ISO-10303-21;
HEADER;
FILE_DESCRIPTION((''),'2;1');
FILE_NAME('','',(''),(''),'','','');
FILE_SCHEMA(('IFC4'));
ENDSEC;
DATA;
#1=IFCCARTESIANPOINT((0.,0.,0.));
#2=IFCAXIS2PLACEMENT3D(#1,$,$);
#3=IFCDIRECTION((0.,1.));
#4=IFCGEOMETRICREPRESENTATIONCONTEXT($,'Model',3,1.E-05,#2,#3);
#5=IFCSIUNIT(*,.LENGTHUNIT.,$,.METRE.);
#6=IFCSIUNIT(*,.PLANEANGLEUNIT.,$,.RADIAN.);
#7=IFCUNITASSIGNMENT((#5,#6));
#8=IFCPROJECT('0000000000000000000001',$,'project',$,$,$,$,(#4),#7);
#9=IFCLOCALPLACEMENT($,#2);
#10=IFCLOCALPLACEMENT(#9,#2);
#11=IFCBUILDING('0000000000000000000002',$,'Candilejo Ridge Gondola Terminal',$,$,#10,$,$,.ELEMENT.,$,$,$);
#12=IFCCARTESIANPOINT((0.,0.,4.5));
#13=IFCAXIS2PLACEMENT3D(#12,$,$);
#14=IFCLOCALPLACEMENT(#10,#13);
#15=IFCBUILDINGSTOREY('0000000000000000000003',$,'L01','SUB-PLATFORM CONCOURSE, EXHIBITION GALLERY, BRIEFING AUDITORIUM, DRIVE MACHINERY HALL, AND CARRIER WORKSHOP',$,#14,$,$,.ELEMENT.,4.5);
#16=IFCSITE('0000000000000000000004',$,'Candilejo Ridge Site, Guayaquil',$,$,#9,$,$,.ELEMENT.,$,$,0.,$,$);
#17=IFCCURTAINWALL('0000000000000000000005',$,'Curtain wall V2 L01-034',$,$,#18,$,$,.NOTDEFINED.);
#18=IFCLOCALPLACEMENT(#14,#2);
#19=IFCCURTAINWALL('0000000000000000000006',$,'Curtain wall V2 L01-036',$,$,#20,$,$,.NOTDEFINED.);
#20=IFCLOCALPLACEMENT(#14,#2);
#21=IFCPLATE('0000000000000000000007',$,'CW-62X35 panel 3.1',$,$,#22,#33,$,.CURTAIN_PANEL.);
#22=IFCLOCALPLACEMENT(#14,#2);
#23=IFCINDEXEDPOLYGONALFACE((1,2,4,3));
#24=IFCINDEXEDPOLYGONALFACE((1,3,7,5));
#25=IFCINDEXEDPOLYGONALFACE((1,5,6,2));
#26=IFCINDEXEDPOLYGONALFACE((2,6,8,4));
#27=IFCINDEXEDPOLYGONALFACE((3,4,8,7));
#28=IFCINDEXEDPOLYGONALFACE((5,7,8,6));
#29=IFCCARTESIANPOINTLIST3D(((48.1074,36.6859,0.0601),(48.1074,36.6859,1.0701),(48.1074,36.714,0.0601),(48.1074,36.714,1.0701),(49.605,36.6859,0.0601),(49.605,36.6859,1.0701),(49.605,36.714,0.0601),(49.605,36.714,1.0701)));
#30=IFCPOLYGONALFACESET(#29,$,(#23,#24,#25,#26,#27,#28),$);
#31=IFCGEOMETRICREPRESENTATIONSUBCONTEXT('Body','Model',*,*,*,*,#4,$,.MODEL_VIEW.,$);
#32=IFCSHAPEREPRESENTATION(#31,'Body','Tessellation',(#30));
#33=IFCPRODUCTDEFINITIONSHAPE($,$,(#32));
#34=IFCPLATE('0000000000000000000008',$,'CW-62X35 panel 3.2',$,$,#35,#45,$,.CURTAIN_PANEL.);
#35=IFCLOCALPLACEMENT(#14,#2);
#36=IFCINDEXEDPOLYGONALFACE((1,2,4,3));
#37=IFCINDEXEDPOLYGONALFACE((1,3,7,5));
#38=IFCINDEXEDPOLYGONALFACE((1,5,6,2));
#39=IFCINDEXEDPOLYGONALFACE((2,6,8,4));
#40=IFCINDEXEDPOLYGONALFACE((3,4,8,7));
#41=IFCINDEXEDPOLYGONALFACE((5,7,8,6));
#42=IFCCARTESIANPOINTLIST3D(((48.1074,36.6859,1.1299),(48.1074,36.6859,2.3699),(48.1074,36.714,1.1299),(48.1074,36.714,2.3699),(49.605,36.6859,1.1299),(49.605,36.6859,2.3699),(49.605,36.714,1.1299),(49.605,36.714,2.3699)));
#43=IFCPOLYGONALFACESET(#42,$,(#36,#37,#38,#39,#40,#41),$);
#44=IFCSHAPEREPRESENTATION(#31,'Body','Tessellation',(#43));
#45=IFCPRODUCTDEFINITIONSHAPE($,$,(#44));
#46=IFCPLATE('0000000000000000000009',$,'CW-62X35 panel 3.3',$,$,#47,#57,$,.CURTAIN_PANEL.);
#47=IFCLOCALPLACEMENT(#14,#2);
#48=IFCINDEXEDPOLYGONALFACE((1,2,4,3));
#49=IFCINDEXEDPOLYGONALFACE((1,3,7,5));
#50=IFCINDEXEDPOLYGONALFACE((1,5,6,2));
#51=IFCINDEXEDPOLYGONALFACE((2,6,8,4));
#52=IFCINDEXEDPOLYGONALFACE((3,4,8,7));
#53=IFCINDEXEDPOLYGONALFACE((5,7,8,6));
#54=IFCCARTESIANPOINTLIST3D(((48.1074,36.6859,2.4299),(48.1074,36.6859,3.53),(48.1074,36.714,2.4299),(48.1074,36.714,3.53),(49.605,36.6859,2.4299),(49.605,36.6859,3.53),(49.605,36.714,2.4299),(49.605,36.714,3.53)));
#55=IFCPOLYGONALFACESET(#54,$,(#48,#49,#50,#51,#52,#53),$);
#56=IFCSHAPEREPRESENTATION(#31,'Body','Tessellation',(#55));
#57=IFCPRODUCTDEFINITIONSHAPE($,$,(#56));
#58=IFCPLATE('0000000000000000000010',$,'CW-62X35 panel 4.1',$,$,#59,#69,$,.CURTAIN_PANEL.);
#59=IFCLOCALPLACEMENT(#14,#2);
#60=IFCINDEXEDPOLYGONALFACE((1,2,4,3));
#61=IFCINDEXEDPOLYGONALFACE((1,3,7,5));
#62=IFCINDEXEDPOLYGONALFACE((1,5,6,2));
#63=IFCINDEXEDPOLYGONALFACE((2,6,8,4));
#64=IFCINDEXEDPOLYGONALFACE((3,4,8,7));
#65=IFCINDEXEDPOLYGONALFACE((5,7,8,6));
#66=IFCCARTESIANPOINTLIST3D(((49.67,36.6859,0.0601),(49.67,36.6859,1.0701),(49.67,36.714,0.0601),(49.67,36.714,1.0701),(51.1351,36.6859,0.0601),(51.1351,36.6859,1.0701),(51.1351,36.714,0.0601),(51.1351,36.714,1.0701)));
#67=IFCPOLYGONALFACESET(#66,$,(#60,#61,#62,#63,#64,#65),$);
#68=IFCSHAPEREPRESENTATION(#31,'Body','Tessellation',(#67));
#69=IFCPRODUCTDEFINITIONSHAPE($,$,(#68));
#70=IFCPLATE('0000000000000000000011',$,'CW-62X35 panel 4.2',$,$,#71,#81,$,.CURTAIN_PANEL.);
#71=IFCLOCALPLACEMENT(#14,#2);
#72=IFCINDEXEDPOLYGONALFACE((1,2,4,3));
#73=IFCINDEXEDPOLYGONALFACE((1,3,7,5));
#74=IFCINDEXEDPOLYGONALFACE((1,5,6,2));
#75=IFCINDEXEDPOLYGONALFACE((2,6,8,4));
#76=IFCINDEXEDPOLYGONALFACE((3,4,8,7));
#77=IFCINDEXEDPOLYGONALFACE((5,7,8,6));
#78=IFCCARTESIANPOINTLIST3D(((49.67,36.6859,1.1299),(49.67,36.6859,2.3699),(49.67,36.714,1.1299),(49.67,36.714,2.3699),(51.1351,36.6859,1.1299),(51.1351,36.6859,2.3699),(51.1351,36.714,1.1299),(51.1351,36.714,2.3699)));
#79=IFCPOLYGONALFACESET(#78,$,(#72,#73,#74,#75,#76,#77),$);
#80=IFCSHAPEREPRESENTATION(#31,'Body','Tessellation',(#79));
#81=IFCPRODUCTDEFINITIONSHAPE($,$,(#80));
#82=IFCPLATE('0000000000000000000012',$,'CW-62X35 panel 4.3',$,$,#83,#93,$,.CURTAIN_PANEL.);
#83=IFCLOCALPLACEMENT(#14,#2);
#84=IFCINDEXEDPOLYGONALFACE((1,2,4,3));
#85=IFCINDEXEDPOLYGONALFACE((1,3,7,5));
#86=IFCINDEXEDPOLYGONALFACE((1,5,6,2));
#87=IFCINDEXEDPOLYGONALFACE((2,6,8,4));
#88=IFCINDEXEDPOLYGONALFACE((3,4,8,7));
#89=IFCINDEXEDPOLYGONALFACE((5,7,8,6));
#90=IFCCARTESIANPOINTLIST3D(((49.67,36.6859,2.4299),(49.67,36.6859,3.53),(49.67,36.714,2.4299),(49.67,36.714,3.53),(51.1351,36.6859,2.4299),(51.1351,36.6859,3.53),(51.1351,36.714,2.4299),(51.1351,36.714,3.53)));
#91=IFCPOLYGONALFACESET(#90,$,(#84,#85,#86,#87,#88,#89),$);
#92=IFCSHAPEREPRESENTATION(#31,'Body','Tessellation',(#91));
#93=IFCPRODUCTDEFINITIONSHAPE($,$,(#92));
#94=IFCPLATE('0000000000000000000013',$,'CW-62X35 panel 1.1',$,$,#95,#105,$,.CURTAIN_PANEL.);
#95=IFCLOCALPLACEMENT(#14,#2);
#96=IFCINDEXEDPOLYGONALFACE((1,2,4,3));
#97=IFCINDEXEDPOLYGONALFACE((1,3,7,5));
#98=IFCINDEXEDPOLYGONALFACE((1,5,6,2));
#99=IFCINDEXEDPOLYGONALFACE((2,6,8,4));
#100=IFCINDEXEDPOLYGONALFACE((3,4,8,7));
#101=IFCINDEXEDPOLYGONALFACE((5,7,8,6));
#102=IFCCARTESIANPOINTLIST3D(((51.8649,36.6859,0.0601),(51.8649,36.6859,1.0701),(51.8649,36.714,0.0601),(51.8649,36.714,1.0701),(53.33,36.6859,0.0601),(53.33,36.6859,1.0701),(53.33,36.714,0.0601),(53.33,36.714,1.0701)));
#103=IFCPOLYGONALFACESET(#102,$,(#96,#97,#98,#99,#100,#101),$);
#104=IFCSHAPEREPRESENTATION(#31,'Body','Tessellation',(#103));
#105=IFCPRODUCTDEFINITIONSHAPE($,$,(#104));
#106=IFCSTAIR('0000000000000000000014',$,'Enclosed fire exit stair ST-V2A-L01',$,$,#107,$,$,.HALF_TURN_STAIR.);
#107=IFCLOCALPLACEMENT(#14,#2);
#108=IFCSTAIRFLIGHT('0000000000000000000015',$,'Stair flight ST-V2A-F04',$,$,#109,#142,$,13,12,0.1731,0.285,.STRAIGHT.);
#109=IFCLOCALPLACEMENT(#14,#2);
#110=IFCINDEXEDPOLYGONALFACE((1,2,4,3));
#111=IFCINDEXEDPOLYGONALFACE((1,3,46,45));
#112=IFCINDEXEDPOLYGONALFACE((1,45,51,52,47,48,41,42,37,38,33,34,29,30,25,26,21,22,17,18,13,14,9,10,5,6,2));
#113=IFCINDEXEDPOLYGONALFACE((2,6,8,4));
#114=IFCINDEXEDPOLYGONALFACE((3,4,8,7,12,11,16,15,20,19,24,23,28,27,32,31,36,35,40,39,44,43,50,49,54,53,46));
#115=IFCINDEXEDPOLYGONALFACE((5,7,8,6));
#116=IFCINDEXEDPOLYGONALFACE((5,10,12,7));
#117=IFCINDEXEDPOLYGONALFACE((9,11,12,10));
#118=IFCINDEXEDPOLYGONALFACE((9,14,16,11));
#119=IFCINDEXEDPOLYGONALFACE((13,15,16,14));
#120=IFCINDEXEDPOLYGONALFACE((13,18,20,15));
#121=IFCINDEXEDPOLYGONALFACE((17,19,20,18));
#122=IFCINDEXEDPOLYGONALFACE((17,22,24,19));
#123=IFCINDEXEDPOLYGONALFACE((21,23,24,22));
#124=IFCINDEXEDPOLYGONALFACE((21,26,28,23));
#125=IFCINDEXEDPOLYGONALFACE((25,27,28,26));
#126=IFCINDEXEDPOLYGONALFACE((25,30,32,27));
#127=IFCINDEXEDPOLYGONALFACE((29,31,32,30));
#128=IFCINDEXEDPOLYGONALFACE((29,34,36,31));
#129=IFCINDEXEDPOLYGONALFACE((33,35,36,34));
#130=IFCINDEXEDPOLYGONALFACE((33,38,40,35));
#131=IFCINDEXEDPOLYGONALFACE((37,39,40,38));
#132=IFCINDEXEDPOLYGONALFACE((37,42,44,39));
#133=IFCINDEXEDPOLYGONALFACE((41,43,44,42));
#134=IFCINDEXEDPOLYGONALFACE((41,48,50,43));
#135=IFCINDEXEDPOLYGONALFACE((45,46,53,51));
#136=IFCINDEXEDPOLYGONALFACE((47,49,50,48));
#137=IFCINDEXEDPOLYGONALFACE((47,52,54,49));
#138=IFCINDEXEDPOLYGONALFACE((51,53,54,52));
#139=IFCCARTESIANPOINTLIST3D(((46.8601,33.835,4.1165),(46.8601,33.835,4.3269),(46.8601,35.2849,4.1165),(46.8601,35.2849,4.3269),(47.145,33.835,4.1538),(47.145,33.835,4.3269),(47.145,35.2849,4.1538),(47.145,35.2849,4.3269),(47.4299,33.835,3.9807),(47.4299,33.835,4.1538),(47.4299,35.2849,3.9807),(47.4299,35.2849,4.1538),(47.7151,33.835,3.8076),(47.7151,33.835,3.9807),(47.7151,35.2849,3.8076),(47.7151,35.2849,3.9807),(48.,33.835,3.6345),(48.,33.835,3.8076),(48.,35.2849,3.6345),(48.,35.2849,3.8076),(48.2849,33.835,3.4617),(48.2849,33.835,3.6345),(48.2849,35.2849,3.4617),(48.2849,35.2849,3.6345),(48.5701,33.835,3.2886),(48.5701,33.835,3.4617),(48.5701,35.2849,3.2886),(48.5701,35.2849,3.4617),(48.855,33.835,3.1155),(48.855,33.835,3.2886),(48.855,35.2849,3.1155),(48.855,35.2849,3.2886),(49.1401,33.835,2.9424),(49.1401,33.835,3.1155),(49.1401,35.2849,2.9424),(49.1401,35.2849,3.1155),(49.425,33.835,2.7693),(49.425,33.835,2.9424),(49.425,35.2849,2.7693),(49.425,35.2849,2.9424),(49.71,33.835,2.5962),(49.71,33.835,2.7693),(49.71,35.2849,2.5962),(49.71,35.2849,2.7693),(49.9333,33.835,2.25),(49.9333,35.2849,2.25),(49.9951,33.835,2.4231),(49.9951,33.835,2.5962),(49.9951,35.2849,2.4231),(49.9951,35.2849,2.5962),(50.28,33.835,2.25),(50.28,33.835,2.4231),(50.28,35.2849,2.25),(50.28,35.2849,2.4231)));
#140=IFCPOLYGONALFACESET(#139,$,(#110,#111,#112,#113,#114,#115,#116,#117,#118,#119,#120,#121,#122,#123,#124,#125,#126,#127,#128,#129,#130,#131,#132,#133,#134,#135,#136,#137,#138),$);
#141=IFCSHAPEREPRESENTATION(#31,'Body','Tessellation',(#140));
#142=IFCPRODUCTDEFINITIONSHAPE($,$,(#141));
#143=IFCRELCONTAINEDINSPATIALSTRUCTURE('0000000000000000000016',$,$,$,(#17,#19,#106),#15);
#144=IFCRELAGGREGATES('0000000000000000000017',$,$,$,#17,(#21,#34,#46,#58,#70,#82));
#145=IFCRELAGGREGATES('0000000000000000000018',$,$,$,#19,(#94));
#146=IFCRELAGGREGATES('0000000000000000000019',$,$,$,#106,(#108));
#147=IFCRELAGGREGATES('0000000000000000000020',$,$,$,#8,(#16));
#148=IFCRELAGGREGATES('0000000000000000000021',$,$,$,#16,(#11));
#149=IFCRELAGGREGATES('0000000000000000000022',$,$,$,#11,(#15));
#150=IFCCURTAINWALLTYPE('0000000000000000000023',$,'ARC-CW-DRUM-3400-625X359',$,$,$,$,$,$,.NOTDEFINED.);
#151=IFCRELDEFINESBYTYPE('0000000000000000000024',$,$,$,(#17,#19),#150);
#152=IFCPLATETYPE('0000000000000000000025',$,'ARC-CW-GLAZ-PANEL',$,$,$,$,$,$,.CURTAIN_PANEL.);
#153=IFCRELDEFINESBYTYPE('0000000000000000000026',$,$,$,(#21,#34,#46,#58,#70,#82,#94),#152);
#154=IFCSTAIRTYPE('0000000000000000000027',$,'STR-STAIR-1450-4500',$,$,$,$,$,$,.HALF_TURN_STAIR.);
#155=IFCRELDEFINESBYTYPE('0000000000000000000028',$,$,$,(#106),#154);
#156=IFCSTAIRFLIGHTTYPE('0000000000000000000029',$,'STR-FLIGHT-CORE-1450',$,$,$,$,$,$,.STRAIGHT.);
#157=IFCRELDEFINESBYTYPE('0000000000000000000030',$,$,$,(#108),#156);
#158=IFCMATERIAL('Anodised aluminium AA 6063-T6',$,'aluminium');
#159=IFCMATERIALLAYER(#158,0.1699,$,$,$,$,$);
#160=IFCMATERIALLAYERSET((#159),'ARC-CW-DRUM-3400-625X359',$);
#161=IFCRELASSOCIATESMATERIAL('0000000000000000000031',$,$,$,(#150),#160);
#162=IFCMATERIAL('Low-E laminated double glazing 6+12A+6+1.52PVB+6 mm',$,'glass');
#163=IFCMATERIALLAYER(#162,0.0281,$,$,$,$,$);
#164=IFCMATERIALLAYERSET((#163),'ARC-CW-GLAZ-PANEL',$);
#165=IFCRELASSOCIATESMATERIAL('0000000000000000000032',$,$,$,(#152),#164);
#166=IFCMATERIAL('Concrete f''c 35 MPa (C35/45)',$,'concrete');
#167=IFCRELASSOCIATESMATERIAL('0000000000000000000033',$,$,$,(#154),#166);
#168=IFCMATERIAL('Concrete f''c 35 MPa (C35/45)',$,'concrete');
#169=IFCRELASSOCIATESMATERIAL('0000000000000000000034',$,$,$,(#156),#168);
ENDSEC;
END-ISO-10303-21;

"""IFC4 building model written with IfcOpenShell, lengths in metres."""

from ifc_helpers import new_model, si_unit, direction, frame, origin, origin_2d, place, context, subcontext, project, spatial, polyline, rectangle, outline, extrude, material, layer, layer_set, type_object, element, aggregate, save


model = new_model("IFC4")

# Units and contexts
model_context = context("Model", 3, precision=1e-05, world=origin(), true_north=direction((0.0, 1.0)))
body_context = subcontext(model_context, "Body", "Model", "MODEL_VIEW")
ifc_project = project(units=[si_unit("LENGTHUNIT", "METRE"), si_unit("PLANEANGLEUNIT", "RADIAN")], contexts=[model_context])

# Site, building, storey
site_placement = place(None, origin())
site = spatial("IfcSite", under=ifc_project, at=site_placement, Name="Candilejo Ridge Site, Guayaquil", CompositionType="ELEMENT", RefElevation=0.0)
building_placement = place(site_placement, origin())
building = spatial("IfcBuilding", under=site, at=building_placement, Name="Candilejo Ridge Gondola Terminal", CompositionType="ELEMENT")
storey_placement = place(building_placement, frame((0.0, 0.0, 4.5)))
storey = spatial("IfcBuildingStorey", under=building, at=storey_placement, Name="L01", Description="SUB-PLATFORM CONCOURSE, EXHIBITION GALLERY, BRIEFING AUDITORIUM, DRIVE MACHINERY HALL, AND CARRIER WORKSHOP", CompositionType="ELEMENT", Elevation=4.5)

# Curtain wall
ifc_material_1 = material(Name="Anodised aluminium AA 6063-T6", Category="aluminium")
ifc_layer_1 = layer(ifc_material_1, 0.1699)
ifc_layer_set_1 = layer_set([ifc_layer_1], Name="ARC-CW-DRUM-3400-625X359")
curtain_wall_type = type_object("IfcCurtainWallType", Name="ARC-CW-DRUM-3400-625X359", PredefinedType="NOTDEFINED", material=ifc_layer_set_1)
curtain_wall_1_placement = place(storey_placement, origin())
curtain_wall_1 = element("IfcCurtainWall", 1, at=curtain_wall_1_placement, inside=storey, type_object=curtain_wall_type, Name="Curtain wall V2 L01-034", PredefinedType="NOTDEFINED")

# Curtain wall
curtain_wall_2_placement = place(storey_placement, origin())
curtain_wall_2 = element("IfcCurtainWall", 2, at=curtain_wall_2_placement, inside=storey, type_object=curtain_wall_type, Name="Curtain wall V2 L01-036", PredefinedType="NOTDEFINED")

# Plates
ifc_material_2 = material(Name="Low-E laminated double glazing 6+12A+6+1.52PVB+6 mm", Category="glass")
ifc_layer_2 = layer(ifc_material_2, 0.0281)
ifc_layer_set_2 = layer_set([ifc_layer_2], Name="ARC-CW-GLAZ-PANEL")
plate_type = type_object("IfcPlateType", Name="ARC-CW-GLAZ-PANEL", PredefinedType="CURTAIN_PANEL", material=ifc_layer_set_2)
plate_1_placement = place(storey_placement, frame((48.8562, 36.7, 0.0601), z_axis=(0.0, 0.0, 1.0), x_axis=(1.0, 0.0, 0.0)))
plate_1 = element("IfcPlate", 3, at=plate_1_placement, type_object=plate_type, Name="CW-62X35 panel 3.1", PredefinedType="CURTAIN_PANEL", context=body_context, shape_type="SweptSolid", body=[
    extrude(rectangle(XDim=1.4976, YDim=0.0281, at=origin_2d()), origin(), (0.0, 0.0, 1.0), 1.01),
])
plate_2_placement = place(storey_placement, frame((48.8562, 36.7, 1.1299), z_axis=(0.0, 0.0, 1.0), x_axis=(1.0, 0.0, 0.0)))
plate_2 = element("IfcPlate", 4, at=plate_2_placement, type_object=plate_type, Name="CW-62X35 panel 3.2", PredefinedType="CURTAIN_PANEL", context=body_context, shape_type="SweptSolid", body=[
    extrude(rectangle(XDim=1.4976, YDim=0.0281, at=origin_2d()), origin(), (0.0, 0.0, 1.0), 1.24),
])
plate_3_placement = place(storey_placement, frame((48.8562, 36.7, 2.4299), z_axis=(0.0, 0.0, 1.0), x_axis=(1.0, 0.0, 0.0)))
plate_3 = element("IfcPlate", 5, at=plate_3_placement, type_object=plate_type, Name="CW-62X35 panel 3.3", PredefinedType="CURTAIN_PANEL", context=body_context, shape_type="SweptSolid", body=[
    extrude(rectangle(XDim=1.4976, YDim=0.0281, at=origin_2d()), origin(), (0.0, 0.0, 1.0), 1.1001),
])
plate_4_placement = place(storey_placement, frame((50.4026, 36.7, 0.0601), z_axis=(0.0, 0.0, 1.0), x_axis=(1.0, 0.0, 0.0)))
plate_4 = element("IfcPlate", 6, at=plate_4_placement, type_object=plate_type, Name="CW-62X35 panel 4.1", PredefinedType="CURTAIN_PANEL", context=body_context, shape_type="SweptSolid", body=[
    extrude(rectangle(XDim=1.4651, YDim=0.0281, at=origin_2d()), origin(), (0.0, 0.0, 1.0), 1.01),
])
plate_5_placement = place(storey_placement, frame((50.4026, 36.7, 1.1299), z_axis=(0.0, 0.0, 1.0), x_axis=(1.0, 0.0, 0.0)))
plate_5 = element("IfcPlate", 7, at=plate_5_placement, type_object=plate_type, Name="CW-62X35 panel 4.2", PredefinedType="CURTAIN_PANEL", context=body_context, shape_type="SweptSolid", body=[
    extrude(rectangle(XDim=1.4651, YDim=0.0281, at=origin_2d()), origin(), (0.0, 0.0, 1.0), 1.24),
])
plate_6_placement = place(storey_placement, frame((50.4026, 36.7, 2.4299), z_axis=(0.0, 0.0, 1.0), x_axis=(1.0, 0.0, 0.0)))
plate_6 = element("IfcPlate", 8, at=plate_6_placement, type_object=plate_type, Name="CW-62X35 panel 4.3", PredefinedType="CURTAIN_PANEL", context=body_context, shape_type="SweptSolid", body=[
    extrude(rectangle(XDim=1.4651, YDim=0.0281, at=origin_2d()), origin(), (0.0, 0.0, 1.0), 1.1001),
])
aggregate(curtain_wall_1, [plate_1, plate_2, plate_3, plate_4, plate_5, plate_6])
plate_7_placement = place(storey_placement, frame((52.5974, 36.7, 0.0601), z_axis=(0.0, 0.0, 1.0), x_axis=(1.0, 0.0, 0.0)))
plate_7 = element("IfcPlate", 9, at=plate_7_placement, type_object=plate_type, Name="CW-62X35 panel 1.1", PredefinedType="CURTAIN_PANEL", context=body_context, shape_type="SweptSolid", body=[
    extrude(rectangle(XDim=1.4651, YDim=0.0281, at=origin_2d()), origin(), (0.0, 0.0, 1.0), 1.01),
])
aggregate(curtain_wall_2, [plate_7])

# Stair, stair flight
ifc_material_3 = material(Name="Concrete f'c 35 MPa (C35/45)", Category="concrete")
stair_type = type_object("IfcStairType", Name="STR-STAIR-1450-4500", PredefinedType="HALF_TURN_STAIR", material=ifc_material_3)
stair_placement = place(storey_placement, origin())
stair = element("IfcStair", 10, at=stair_placement, inside=storey, type_object=stair_type, Name="Enclosed fire exit stair ST-V2A-L01", PredefinedType="HALF_TURN_STAIR")
ifc_material_4 = material(Name="Concrete f'c 35 MPa (C35/45)", Category="concrete")
stair_flight_type = type_object("IfcStairFlightType", Name="STR-FLIGHT-CORE-1450", PredefinedType="STRAIGHT", material=ifc_material_4)
stair_flight_placement = place(storey_placement, frame((50.28, 34.5601, 2.25), z_axis=(0.0, 0.0, 1.0), x_axis=(-1.0, 0.0, 0.0)))
stair_flight = element("IfcStairFlight", 11, at=stair_flight_placement, type_object=stair_flight_type, Name="Stair flight ST-V2A-F04", NumberOfRisers=13, NumberOfTreads=12, PredefinedType="STRAIGHT", RiserHeight=0.1731, TreadLength=0.285, context=body_context, shape_type="SweptSolid", body=[
    extrude(outline(polyline([(0.0, 0.0), (0.0, 0.1731), (0.2849, 0.1731), (0.2849, 0.3462), (0.5701, 0.3462), (0.5701, 0.5193), (0.855, 0.5193), (0.855, 0.6924), (1.1399, 0.6924), (1.1399, 0.8655), (1.425, 0.8655), (1.425, 1.0386), (1.71, 1.0386), (1.71, 1.2117), (1.9951, 1.2117), (1.9951, 1.3845), (2.28, 1.3845), (2.28, 1.5576), (2.5649, 1.5576), (2.5649, 1.7307), (2.8501, 1.7307), (2.8501, 1.9038), (3.135, 1.9038), (3.135, 2.0769), (3.4199, 2.0769), (3.4199, 2.25), (3.4199, 1.8665), (0.3467, 0.0), (0.0, 0.0)])), frame((0.0, 0.7251, 0.0), z_axis=(0.0, -1.0, 0.0), x_axis=(1.0, 0.0, 0.0)), (0.0, 0.0, 1.0), 1.45),
])
aggregate(stair, [stair_flight])

save(model, "model.ifc")
